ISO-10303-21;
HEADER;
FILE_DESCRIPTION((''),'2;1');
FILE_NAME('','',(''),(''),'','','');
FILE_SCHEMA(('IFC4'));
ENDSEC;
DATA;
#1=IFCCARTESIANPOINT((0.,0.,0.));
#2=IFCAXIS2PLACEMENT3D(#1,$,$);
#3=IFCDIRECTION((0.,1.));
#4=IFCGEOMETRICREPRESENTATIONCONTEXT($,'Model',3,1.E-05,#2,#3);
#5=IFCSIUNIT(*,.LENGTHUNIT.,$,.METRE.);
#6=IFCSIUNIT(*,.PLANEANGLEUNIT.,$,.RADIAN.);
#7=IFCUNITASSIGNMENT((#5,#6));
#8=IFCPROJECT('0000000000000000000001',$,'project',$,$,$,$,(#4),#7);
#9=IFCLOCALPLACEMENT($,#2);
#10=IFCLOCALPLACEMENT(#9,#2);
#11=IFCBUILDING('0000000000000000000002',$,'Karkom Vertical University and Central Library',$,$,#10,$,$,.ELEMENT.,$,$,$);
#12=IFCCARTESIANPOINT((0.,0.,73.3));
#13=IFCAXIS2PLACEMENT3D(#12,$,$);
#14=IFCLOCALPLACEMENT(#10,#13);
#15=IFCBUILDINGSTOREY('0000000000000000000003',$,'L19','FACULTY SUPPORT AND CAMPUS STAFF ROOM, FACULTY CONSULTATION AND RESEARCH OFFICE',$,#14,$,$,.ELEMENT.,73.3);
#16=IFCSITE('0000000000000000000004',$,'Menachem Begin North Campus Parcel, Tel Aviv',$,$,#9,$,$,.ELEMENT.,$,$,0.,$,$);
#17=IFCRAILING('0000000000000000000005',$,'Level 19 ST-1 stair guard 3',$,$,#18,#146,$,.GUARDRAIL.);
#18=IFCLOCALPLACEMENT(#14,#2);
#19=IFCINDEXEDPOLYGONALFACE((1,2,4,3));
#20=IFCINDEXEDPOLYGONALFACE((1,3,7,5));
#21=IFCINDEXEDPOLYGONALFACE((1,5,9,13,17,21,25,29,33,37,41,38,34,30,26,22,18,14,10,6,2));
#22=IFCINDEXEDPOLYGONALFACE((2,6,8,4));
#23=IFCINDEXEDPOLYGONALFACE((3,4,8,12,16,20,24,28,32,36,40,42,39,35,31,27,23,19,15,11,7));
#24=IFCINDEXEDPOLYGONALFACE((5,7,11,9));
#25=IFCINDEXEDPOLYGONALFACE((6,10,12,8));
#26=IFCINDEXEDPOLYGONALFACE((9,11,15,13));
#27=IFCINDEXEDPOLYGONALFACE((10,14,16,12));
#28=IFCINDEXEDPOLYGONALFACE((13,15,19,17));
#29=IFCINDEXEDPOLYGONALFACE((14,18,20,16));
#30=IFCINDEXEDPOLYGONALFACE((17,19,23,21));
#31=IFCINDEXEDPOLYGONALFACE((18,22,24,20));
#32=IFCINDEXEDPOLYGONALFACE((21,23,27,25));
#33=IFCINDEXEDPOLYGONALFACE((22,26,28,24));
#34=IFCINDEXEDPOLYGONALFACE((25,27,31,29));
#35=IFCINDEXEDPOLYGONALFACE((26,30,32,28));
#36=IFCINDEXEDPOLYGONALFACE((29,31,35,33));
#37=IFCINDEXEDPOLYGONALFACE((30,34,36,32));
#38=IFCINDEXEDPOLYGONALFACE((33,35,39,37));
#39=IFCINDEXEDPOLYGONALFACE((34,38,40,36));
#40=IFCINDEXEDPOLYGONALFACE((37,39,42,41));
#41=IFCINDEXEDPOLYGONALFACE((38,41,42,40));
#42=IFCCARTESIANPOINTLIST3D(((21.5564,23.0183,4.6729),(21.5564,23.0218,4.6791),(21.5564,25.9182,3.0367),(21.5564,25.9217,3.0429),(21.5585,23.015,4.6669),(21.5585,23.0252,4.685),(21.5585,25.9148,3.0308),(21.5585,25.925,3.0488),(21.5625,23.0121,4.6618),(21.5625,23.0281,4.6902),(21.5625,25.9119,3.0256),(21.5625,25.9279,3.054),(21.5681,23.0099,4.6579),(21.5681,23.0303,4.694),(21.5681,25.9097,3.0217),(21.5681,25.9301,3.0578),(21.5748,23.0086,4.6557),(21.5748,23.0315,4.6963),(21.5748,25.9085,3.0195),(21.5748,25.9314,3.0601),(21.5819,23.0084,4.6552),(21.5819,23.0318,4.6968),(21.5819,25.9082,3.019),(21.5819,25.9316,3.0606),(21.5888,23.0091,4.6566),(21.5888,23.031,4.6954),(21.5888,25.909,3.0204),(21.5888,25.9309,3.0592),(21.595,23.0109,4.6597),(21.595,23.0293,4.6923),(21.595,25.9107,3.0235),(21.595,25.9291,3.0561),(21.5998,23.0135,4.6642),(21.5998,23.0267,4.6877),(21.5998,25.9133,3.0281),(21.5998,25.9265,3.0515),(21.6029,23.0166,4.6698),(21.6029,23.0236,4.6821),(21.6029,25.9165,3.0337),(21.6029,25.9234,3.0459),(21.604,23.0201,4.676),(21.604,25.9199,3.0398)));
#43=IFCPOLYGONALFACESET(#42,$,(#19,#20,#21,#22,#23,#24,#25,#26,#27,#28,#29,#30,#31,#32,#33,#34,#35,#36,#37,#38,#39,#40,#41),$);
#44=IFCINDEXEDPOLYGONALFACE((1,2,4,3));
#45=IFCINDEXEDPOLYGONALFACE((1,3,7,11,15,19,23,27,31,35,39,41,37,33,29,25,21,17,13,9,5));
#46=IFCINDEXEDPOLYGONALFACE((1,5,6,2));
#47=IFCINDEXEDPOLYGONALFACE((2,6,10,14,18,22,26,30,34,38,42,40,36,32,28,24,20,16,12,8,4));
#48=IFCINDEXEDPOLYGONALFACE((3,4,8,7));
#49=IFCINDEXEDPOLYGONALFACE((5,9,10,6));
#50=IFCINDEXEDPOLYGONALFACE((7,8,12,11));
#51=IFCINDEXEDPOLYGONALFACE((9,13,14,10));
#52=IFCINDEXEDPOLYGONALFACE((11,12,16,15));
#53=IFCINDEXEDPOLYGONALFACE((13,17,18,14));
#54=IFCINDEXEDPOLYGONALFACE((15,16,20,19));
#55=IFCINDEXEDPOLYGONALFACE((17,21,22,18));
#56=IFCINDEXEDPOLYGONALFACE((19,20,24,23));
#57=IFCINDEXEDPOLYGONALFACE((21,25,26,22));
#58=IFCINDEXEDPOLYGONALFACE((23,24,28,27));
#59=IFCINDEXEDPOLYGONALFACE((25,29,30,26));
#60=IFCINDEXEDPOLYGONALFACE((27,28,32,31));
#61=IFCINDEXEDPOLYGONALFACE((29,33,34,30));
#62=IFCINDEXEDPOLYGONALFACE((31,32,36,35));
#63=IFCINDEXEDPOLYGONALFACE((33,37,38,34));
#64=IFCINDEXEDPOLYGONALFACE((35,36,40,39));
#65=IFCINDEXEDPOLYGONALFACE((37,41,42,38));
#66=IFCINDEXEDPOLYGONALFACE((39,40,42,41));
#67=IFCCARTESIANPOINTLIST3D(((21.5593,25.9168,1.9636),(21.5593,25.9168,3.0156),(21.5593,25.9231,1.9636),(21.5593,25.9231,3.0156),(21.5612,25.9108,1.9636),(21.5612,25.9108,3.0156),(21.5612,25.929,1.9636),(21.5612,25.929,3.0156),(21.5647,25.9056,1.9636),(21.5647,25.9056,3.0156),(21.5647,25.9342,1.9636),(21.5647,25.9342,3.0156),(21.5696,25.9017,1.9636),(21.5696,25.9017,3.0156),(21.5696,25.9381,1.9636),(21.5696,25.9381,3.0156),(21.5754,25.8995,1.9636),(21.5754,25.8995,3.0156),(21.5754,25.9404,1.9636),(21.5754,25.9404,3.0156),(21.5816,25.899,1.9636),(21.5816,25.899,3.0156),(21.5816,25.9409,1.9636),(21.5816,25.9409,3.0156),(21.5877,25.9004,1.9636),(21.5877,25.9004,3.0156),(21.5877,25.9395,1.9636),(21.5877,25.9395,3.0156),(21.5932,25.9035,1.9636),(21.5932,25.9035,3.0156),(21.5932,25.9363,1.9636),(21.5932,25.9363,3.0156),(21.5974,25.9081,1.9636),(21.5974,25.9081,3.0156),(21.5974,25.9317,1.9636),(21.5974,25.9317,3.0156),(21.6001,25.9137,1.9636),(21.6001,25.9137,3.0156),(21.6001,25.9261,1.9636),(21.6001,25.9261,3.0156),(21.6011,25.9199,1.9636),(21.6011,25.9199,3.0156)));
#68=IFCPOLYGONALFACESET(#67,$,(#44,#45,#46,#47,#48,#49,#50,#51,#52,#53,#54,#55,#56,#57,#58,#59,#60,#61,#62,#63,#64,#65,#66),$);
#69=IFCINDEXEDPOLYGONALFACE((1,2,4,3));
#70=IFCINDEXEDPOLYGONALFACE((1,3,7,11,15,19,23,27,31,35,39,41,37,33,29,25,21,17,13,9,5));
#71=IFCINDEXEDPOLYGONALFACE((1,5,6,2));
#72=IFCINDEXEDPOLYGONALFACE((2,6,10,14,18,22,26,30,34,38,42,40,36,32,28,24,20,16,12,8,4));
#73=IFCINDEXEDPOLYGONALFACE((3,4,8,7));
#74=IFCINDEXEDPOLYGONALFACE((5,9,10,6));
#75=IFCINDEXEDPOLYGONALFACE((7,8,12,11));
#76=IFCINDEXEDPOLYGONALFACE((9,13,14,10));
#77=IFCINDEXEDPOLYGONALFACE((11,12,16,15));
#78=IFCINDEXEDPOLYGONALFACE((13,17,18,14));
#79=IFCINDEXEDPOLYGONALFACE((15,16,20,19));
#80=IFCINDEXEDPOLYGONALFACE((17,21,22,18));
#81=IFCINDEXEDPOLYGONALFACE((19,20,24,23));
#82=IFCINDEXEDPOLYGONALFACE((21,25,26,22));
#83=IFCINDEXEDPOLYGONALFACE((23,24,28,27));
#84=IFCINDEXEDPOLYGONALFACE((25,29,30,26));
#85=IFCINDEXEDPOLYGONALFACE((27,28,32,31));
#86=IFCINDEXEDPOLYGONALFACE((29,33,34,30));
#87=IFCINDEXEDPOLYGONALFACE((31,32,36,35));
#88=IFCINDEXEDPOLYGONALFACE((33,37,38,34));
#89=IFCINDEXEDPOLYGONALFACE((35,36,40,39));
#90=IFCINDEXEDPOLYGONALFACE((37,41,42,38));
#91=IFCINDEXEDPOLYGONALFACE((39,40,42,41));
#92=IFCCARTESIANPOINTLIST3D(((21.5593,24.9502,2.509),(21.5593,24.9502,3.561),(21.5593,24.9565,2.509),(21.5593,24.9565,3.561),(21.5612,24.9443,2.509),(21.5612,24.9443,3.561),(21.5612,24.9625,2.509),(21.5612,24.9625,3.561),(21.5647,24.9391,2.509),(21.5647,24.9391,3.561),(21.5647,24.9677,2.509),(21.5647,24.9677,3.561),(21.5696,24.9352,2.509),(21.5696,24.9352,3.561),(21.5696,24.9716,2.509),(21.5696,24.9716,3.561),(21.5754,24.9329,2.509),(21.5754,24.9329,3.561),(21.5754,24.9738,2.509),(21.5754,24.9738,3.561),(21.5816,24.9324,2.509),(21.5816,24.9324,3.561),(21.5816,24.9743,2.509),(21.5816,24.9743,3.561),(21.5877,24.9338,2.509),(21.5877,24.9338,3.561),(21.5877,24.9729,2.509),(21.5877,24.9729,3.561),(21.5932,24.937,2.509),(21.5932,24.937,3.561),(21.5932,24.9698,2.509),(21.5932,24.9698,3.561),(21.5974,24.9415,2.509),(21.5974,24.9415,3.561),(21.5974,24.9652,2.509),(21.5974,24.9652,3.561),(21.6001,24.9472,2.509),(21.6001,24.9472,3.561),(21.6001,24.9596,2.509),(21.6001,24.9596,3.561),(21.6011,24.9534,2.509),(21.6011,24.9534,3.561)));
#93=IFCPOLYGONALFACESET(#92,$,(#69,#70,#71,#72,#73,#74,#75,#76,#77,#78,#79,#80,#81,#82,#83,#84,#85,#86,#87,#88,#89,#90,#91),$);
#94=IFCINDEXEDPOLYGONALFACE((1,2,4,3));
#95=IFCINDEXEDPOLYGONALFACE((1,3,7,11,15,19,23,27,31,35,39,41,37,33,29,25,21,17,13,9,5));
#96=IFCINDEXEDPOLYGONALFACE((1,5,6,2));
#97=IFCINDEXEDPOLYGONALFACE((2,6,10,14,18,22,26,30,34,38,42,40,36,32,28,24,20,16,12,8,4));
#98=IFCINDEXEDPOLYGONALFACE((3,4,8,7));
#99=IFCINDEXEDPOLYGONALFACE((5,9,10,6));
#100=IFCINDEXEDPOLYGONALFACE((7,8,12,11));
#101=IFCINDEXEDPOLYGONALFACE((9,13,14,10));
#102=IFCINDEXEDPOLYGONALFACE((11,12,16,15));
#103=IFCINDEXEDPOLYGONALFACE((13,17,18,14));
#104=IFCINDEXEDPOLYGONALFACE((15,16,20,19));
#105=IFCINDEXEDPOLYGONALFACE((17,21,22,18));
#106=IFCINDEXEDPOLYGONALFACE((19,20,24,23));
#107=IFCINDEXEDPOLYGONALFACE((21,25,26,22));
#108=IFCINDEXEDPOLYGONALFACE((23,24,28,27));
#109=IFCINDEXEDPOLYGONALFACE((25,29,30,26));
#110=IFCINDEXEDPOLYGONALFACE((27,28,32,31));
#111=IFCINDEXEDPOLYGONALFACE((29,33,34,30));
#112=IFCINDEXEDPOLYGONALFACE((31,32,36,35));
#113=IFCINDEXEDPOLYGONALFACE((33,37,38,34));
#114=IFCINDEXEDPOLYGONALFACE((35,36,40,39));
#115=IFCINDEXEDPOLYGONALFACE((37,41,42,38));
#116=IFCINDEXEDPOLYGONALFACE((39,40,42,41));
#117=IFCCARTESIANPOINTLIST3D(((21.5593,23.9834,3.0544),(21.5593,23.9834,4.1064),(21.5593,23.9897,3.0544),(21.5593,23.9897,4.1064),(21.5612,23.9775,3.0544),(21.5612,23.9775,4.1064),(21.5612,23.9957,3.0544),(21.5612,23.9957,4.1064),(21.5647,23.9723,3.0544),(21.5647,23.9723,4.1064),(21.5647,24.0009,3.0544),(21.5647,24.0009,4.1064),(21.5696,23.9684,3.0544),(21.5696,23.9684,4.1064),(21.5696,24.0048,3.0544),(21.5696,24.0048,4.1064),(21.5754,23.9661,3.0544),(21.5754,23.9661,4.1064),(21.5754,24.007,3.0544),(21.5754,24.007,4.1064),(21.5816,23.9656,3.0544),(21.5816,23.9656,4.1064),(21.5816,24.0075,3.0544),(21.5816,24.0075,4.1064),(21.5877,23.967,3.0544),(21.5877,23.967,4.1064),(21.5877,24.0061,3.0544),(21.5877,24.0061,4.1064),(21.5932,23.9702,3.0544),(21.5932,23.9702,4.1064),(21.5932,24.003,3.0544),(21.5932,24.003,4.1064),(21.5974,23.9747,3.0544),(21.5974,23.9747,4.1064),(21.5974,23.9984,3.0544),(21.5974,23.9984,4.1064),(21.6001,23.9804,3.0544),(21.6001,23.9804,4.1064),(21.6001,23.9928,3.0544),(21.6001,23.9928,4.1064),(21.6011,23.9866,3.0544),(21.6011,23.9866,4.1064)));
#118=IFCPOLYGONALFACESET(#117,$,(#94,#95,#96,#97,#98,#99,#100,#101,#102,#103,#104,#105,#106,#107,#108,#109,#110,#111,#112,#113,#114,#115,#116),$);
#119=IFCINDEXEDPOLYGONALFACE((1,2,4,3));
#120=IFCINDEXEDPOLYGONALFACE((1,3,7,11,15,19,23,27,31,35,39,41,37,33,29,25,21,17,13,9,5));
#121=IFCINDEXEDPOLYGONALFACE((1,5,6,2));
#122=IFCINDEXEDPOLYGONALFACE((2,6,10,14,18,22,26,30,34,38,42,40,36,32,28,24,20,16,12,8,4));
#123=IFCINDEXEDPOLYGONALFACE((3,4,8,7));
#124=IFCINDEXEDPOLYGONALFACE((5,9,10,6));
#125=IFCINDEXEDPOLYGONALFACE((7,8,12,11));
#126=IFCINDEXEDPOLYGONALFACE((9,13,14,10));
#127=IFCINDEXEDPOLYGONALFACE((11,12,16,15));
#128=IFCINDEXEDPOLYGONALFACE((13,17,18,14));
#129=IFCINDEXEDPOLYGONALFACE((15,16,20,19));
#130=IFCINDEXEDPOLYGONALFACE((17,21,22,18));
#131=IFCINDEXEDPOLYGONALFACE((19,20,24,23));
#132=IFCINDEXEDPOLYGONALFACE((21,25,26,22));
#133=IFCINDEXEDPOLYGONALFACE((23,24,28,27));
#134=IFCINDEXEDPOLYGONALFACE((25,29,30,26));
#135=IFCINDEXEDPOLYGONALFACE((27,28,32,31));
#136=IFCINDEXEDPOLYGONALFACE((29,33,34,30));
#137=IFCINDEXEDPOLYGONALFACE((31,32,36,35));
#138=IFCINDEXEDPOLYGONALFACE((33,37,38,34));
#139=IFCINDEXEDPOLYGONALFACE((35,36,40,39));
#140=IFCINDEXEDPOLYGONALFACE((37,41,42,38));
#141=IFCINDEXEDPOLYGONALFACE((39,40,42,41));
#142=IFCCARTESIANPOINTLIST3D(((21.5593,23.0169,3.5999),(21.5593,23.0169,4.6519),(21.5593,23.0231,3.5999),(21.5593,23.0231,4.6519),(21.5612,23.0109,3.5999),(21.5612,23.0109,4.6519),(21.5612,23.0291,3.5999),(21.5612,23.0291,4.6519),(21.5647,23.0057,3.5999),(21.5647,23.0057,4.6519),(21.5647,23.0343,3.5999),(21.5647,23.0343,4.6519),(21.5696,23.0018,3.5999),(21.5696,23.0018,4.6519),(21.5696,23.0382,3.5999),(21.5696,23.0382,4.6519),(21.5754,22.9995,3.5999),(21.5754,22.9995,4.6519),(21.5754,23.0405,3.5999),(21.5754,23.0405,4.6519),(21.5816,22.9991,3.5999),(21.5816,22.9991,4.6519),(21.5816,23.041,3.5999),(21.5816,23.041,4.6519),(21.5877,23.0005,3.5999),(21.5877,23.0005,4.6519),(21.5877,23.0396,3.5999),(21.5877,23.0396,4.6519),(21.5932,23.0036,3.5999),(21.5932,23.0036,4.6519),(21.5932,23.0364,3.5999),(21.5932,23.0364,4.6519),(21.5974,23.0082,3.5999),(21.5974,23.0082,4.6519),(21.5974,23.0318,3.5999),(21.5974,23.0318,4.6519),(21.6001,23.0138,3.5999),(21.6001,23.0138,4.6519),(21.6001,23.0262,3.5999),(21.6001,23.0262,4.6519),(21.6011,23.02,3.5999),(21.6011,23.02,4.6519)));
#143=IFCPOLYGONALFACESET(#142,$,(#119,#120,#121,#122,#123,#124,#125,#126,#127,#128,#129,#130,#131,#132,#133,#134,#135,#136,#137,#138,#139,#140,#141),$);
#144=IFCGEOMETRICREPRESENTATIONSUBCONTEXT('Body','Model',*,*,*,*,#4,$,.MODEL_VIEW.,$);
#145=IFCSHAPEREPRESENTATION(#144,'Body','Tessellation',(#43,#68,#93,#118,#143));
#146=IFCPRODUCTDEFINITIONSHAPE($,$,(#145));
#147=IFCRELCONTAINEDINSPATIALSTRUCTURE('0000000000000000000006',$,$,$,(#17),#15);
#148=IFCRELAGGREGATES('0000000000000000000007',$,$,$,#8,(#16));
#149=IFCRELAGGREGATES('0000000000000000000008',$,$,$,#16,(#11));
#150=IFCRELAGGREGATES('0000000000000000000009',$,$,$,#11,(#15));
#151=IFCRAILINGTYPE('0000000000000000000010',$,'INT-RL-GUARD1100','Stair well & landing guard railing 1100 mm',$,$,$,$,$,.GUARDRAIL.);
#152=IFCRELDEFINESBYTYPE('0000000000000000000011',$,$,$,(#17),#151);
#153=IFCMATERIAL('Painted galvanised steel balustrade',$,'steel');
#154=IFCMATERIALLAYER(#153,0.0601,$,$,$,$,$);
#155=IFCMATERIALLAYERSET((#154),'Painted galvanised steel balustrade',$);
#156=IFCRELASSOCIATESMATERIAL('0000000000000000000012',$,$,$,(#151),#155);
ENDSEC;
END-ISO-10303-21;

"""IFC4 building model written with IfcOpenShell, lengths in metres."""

from ifc_helpers import new_model, si_unit, direction, frame, origin, origin_2d, place, context, subcontext, project, spatial, circle, extrude, material, layer, layer_set, type_object, element, save


model = new_model("IFC4")

# Units and contexts
model_context = context("Model", 3, precision=1e-05, world=origin(), true_north=direction((0.0, 1.0)))
body_context = subcontext(model_context, "Body", "Model", "MODEL_VIEW")
ifc_project = project(units=[si_unit("LENGTHUNIT", "METRE"), si_unit("PLANEANGLEUNIT", "RADIAN")], contexts=[model_context])

# Site, building, storey
site_placement = place(None, origin())
site = spatial("IfcSite", under=ifc_project, at=site_placement, Name="Menachem Begin North Campus Parcel, Tel Aviv", CompositionType="ELEMENT", RefElevation=0.0)
building_placement = place(site_placement, origin())
building = spatial("IfcBuilding", under=site, at=building_placement, Name="Karkom Vertical University and Central Library", CompositionType="ELEMENT")
storey_placement = place(building_placement, frame((0.0, 0.0, 73.3)))
storey = spatial("IfcBuildingStorey", under=building, at=storey_placement, Name="L19", Description="FACULTY SUPPORT AND CAMPUS STAFF ROOM, FACULTY CONSULTATION AND RESEARCH OFFICE", CompositionType="ELEMENT", Elevation=73.3)

# Railing
ifc_material_1 = material(Name="Painted galvanised steel balustrade", Category="steel")
ifc_layer_1 = layer(ifc_material_1, 0.0601)
ifc_layer_set_1 = layer_set([ifc_layer_1], Name="Painted galvanised steel balustrade")
railing_type_1 = type_object("IfcRailingType", Name="INT-RL-GUARD1100", Description="Stair well & landing guard railing 1100 mm", PredefinedType="GUARDRAIL", material=ifc_layer_set_1)
railing_1_placement = place(storey_placement, frame((21.5801, 25.9199, 1.9636)))
element("IfcRailing", 1, at=railing_1_placement, inside=storey, type_object=railing_type_1, Name="Level 19 ST-1 stair guard 3", PredefinedType="GUARDRAIL", context=body_context, shape_type="SweptSolid", body=[
    extrude(circle(Radius=0.0239, at=origin_2d()), frame((0.0, 0.0, 1.0762), z_axis=(0.0, -0.870929, 0.49141), x_axis=(1.0, 0.0, 0.0)), (0.0, 0.0, 1.0), 3.3296),
    extrude(circle(Radius=0.021, at=origin_2d()), origin(), (0.0, 0.0, 1.0), 1.052),
    extrude(circle(Radius=0.021, at=origin_2d()), frame((0.0, -0.9666, 0.5454)), (0.0, 0.0, 1.0), 1.052),
    extrude(circle(Radius=0.021, at=origin_2d()), frame((0.0, -1.9333, 1.0908)), (0.0, 0.0, 1.0), 1.052),
    extrude(circle(Radius=0.021, at=origin_2d()), frame((0.0, -2.8999, 1.6362)), (0.0, 0.0, 1.0), 1.052),
])

save(model, "model.ifc")
